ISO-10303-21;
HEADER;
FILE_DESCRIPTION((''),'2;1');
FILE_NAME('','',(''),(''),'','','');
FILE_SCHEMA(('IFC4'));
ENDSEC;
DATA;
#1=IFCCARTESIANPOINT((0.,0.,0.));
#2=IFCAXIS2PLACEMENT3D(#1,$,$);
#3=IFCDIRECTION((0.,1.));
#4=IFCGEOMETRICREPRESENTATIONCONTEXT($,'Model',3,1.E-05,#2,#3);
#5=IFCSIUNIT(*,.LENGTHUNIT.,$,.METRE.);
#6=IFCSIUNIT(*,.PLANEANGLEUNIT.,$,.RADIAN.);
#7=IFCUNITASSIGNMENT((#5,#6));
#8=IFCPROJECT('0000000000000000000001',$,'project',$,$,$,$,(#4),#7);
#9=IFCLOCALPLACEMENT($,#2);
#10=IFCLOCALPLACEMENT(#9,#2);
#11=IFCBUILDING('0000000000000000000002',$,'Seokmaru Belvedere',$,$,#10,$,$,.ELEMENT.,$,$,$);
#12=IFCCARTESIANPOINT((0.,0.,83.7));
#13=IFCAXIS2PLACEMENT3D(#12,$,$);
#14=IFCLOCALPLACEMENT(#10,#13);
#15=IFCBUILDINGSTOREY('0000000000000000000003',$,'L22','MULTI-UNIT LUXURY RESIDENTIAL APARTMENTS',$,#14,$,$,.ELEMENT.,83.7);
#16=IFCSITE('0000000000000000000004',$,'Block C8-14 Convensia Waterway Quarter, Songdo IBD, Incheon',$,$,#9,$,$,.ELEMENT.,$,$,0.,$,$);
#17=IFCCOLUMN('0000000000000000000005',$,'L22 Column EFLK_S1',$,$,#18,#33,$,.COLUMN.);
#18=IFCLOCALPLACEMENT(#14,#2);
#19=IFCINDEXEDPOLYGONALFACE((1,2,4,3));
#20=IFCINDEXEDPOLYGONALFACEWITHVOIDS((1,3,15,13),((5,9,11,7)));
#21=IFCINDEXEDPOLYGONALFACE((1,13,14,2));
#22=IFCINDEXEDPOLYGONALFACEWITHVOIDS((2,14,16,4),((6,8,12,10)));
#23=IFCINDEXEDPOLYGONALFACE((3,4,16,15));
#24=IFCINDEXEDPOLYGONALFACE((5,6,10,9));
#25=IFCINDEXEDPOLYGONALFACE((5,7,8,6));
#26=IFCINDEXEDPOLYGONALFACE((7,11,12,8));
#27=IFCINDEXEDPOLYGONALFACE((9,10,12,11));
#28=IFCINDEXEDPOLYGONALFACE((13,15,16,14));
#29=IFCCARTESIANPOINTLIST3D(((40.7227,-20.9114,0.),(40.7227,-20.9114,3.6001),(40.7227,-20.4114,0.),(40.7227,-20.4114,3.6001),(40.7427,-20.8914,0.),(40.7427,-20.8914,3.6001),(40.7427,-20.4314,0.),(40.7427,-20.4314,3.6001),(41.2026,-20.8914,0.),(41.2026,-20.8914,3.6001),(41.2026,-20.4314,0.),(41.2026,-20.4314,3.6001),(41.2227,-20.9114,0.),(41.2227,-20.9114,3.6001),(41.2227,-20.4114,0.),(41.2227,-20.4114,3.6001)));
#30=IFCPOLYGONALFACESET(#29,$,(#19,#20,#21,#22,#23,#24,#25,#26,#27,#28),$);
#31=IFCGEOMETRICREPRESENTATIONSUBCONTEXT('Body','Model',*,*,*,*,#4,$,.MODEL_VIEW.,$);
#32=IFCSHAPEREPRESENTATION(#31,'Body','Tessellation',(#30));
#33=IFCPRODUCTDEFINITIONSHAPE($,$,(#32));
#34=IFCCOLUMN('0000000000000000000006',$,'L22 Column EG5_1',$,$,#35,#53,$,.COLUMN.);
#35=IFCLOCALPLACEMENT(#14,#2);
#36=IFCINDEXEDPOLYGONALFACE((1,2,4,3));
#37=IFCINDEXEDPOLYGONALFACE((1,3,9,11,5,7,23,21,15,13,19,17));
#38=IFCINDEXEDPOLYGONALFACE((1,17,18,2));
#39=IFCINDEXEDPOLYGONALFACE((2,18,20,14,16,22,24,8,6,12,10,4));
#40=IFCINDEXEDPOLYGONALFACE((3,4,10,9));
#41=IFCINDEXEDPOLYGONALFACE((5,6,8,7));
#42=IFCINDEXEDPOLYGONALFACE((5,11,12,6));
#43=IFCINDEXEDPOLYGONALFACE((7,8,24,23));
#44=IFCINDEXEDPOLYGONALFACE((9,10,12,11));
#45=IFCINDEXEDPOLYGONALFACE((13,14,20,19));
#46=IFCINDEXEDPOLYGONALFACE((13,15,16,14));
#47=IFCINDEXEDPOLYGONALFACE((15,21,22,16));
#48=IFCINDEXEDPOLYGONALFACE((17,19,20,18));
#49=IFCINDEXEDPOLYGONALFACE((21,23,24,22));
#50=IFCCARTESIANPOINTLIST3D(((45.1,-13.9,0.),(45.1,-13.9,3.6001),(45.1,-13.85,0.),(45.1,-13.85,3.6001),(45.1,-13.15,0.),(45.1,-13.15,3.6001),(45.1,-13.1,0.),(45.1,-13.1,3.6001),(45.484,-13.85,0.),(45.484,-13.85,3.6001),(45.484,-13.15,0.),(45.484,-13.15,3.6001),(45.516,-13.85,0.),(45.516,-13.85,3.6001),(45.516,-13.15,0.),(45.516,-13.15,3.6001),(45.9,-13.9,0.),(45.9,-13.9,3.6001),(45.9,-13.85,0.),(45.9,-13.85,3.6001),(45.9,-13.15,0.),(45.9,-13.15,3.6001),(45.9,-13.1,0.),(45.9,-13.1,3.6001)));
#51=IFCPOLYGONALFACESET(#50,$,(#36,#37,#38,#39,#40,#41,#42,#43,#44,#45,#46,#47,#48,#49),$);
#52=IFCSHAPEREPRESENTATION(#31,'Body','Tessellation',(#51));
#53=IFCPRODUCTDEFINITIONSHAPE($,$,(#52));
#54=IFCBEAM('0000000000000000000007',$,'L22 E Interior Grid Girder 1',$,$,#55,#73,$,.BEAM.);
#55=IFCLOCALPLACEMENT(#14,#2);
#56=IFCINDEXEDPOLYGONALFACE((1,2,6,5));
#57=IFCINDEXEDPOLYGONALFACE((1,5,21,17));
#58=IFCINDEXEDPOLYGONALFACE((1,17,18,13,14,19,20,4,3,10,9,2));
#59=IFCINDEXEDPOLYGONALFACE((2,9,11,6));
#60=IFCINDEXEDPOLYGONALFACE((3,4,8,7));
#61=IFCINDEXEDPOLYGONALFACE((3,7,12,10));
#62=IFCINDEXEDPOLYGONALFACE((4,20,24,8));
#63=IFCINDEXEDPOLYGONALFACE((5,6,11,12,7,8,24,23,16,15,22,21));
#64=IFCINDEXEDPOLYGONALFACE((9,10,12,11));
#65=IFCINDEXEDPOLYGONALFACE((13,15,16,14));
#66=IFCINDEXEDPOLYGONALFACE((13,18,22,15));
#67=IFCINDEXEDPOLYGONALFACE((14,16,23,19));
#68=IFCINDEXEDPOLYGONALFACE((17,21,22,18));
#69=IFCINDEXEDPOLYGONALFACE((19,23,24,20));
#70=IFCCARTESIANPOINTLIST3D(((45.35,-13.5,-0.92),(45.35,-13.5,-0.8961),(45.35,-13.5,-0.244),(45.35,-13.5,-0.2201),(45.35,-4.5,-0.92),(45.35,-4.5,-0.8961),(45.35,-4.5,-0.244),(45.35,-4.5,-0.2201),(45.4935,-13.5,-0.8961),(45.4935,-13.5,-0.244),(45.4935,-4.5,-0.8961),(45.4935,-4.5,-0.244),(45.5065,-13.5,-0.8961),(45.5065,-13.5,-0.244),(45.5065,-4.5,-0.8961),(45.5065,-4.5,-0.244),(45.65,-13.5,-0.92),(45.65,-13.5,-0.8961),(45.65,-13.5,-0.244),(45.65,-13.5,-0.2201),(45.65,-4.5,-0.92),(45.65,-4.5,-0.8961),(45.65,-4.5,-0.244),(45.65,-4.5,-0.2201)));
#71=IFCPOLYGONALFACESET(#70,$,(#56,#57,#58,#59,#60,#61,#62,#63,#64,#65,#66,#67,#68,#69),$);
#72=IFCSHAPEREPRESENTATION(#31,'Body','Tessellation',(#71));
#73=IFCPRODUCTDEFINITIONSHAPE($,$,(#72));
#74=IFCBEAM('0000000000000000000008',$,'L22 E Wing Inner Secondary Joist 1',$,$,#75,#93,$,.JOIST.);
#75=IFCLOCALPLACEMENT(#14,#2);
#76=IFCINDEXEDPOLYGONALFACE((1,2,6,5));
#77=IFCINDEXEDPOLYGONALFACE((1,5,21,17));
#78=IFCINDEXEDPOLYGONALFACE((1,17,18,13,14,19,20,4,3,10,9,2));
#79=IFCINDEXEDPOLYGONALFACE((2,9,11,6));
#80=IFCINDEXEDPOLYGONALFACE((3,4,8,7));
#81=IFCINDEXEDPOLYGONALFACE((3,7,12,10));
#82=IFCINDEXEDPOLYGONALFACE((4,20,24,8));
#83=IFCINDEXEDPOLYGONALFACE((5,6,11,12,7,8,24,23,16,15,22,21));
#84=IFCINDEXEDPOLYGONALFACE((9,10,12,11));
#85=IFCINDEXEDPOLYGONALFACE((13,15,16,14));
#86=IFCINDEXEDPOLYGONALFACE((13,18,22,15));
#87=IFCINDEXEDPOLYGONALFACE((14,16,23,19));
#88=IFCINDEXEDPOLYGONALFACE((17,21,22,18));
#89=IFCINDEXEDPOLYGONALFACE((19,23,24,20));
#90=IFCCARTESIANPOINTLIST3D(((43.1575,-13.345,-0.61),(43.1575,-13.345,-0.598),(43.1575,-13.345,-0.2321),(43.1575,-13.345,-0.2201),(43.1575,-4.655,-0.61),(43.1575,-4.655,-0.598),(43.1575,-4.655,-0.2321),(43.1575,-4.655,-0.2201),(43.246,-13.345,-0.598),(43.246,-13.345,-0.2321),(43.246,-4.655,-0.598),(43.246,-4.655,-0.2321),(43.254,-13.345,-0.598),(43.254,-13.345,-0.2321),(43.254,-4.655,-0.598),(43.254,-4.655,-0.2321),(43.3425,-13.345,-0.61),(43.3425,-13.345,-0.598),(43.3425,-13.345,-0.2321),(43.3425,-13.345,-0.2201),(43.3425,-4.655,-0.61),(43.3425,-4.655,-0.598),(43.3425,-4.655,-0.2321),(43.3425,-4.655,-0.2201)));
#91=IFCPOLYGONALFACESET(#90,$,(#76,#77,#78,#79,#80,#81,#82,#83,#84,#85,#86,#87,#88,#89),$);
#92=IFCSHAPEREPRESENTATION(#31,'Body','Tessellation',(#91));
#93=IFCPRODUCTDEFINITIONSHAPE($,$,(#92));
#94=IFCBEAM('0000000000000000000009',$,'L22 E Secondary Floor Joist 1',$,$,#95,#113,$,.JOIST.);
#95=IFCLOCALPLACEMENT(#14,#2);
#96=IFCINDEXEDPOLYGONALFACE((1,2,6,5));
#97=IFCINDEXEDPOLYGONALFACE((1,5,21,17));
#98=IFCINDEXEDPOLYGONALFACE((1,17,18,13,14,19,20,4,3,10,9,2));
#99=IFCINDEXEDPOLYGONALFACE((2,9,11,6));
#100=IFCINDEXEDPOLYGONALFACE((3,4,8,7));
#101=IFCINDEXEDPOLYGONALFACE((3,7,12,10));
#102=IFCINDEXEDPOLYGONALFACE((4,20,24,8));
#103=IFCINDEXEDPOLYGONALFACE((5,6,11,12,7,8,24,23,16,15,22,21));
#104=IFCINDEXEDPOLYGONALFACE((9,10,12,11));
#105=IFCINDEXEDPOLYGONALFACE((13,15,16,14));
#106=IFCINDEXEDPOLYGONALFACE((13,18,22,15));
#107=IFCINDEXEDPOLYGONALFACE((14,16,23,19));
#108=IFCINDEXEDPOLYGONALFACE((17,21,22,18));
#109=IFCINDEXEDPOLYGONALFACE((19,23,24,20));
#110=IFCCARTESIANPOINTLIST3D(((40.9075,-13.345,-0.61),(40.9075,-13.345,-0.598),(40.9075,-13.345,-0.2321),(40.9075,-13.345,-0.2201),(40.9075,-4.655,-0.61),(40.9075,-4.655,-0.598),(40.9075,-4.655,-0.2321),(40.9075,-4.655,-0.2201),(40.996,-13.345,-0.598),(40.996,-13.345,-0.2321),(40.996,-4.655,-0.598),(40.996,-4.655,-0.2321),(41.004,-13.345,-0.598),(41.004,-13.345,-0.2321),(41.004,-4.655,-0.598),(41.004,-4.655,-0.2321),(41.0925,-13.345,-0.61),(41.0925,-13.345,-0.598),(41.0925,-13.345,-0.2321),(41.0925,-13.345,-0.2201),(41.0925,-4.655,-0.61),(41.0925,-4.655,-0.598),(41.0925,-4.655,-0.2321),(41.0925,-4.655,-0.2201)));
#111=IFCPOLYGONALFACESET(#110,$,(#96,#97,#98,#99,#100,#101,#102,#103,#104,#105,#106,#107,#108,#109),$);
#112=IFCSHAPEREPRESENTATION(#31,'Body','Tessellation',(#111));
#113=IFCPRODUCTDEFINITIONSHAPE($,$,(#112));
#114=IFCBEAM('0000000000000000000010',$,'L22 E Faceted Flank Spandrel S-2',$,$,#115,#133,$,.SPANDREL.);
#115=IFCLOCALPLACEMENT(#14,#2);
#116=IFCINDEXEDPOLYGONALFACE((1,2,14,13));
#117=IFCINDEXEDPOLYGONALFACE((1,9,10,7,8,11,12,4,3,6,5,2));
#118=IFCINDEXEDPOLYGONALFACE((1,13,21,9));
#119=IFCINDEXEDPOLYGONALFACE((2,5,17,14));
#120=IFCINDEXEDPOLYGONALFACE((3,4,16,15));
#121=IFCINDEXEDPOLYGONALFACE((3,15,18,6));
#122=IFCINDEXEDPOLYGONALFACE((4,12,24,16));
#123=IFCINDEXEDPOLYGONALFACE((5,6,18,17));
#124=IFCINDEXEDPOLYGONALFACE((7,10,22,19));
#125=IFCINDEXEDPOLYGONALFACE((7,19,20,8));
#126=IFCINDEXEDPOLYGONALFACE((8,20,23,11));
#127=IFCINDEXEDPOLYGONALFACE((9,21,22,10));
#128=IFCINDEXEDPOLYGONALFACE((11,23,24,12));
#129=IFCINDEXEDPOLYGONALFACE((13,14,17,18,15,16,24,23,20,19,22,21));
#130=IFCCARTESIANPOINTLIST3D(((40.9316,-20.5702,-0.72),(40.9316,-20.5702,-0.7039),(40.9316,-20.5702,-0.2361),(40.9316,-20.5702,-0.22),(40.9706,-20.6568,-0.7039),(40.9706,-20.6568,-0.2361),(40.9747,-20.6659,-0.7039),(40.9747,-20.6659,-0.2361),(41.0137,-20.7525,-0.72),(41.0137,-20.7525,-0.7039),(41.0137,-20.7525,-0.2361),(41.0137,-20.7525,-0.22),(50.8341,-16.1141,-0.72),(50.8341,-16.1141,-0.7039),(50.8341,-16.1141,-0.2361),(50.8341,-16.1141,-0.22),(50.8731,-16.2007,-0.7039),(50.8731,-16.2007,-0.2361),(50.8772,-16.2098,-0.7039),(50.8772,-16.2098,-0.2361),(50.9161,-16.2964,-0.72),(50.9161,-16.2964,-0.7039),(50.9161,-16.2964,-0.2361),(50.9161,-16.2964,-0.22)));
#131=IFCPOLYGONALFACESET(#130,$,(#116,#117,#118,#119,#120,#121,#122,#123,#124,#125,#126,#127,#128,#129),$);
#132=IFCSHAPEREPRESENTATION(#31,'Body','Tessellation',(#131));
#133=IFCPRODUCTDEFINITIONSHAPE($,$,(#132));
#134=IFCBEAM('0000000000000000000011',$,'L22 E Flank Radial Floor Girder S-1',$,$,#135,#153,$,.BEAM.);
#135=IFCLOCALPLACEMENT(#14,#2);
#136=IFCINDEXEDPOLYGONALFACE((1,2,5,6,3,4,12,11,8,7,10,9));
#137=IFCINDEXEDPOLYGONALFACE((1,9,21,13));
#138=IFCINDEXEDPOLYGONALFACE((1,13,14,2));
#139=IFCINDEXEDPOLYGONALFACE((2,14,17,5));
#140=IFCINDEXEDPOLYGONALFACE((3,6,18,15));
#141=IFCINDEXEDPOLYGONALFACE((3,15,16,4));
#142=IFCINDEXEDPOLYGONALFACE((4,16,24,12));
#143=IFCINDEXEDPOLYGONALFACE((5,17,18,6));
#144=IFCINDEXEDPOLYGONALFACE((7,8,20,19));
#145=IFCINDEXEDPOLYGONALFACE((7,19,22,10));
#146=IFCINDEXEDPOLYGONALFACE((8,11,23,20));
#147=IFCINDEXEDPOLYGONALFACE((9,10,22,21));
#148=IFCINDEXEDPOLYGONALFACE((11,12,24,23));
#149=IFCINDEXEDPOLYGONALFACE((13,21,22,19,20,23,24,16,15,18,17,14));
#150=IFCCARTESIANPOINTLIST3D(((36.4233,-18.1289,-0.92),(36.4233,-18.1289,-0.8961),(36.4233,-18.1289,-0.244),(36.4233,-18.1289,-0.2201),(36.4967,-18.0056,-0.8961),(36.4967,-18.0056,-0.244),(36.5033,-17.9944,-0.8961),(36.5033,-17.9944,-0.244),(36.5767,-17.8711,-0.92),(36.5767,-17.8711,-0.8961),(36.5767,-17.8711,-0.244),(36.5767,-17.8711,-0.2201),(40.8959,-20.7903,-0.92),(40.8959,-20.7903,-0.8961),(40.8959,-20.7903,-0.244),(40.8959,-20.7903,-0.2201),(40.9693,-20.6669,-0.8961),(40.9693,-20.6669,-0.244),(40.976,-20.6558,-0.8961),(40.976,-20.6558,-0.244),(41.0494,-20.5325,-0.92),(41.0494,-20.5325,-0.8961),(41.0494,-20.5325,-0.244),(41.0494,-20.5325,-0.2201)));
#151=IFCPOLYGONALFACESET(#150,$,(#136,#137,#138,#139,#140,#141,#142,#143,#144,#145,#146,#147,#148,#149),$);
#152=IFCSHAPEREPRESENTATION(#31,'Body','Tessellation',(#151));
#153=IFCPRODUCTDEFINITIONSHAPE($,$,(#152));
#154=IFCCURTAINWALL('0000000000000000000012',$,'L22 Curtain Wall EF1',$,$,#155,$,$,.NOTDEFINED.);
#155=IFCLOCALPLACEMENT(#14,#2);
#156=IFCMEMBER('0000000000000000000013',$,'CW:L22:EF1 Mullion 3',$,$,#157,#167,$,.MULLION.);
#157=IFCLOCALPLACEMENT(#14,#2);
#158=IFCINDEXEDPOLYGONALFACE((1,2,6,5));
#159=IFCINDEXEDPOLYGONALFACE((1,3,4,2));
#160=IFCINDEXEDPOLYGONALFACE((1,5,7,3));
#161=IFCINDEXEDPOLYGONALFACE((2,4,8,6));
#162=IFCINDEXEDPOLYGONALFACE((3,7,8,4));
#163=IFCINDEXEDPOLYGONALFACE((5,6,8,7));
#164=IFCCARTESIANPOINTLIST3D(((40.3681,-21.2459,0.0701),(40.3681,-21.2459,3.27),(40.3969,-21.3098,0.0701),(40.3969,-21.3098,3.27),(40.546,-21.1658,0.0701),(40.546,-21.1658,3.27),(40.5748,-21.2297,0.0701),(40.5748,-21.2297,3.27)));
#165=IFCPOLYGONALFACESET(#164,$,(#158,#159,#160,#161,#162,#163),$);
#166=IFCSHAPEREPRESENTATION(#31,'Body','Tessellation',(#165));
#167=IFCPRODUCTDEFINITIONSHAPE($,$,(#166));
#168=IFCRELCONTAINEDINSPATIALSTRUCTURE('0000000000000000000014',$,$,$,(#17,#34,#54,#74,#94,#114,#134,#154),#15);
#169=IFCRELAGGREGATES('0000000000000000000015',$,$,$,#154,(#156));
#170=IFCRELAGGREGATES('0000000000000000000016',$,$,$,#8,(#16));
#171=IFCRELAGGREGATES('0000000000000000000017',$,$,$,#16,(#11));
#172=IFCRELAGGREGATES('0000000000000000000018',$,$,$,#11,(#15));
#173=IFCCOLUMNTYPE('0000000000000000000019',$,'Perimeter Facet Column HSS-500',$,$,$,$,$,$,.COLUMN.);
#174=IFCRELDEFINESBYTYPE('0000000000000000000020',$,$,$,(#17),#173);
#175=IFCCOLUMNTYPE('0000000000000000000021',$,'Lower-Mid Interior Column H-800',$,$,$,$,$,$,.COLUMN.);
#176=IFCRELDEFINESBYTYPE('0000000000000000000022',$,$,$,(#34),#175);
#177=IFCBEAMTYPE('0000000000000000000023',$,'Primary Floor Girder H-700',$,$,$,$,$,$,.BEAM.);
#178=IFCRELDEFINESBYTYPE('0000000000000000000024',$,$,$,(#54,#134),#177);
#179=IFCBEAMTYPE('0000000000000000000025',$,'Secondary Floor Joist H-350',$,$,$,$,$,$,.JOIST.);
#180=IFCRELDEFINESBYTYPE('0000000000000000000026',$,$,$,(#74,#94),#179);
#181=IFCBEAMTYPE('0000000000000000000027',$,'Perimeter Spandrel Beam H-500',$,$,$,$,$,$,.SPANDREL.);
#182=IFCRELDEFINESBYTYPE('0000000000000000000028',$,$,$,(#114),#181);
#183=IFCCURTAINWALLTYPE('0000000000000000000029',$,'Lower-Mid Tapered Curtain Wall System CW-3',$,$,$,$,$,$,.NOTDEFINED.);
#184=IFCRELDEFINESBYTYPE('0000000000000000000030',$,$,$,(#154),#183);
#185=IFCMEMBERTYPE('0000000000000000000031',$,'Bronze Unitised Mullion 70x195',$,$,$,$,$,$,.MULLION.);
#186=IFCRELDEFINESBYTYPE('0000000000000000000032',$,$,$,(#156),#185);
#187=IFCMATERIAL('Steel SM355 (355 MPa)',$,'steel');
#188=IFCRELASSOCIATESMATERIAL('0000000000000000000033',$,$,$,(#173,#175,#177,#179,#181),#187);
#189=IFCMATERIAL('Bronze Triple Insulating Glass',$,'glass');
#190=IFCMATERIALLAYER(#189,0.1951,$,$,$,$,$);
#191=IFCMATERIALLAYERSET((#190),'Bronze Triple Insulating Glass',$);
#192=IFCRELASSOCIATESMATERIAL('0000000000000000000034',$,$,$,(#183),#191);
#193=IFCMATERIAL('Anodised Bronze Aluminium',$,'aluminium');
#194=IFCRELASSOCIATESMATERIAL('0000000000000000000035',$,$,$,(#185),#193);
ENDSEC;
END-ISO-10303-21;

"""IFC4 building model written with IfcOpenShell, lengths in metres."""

from ifc_helpers import new_model, si_unit, direction, frame, origin, origin_2d, place, context, subcontext, project, spatial, rectangle, hollow_rectangle, i_section, extrude, source, transform, mapped, material, layer, layer_set, material_profile, profile_set, type_object, type_shapes, element, aggregate, save


model = new_model("IFC4")

# Units and contexts
model_context = context("Model", 3, precision=1e-05, world=origin(), true_north=direction((0.0, 1.0)))
body_context = subcontext(model_context, "Body", "Model", "MODEL_VIEW")
ifc_project = project(units=[si_unit("LENGTHUNIT", "METRE"), si_unit("PLANEANGLEUNIT", "RADIAN")], contexts=[model_context])

# Site, building, storey
site_placement = place(None, origin())
site = spatial("IfcSite", under=ifc_project, at=site_placement, Name="Block C8-14 Convensia Waterway Quarter, Songdo IBD, Incheon", CompositionType="ELEMENT", RefElevation=0.0)
building_placement = place(site_placement, origin())
building = spatial("IfcBuilding", under=site, at=building_placement, Name="Seokmaru Belvedere", CompositionType="ELEMENT")
storey_placement = place(building_placement, frame((0.0, 0.0, 83.7)))
storey = spatial("IfcBuildingStorey", under=building, at=storey_placement, Name="L22", Description="MULTI-UNIT LUXURY RESIDENTIAL APARTMENTS", CompositionType="ELEMENT", Elevation=83.7)

# Columns
ifc_material_1 = material(Name="Steel SM355 (355 MPa)", Category="steel")
ifc_material_profile_1 = material_profile(ifc_material_1, hollow_rectangle(XDim=0.5, YDim=0.5, WallThickness=0.02, at=origin_2d()), Name="HSS-500x500x20")
ifc_profile_set_1 = profile_set([ifc_material_profile_1], Name="Steel SM355 (355 MPa)")
column_type_1 = type_object("IfcColumnType", Name="Perimeter Facet Column HSS-500", PredefinedType="COLUMN", material=ifc_profile_set_1)
shared_shape_1 = source(origin(), body_context, "Body", "SweptSolid", [
    extrude(hollow_rectangle(XDim=0.5, YDim=0.5, WallThickness=0.02, at=origin_2d()), origin(), (0.0, 0.0, 1.0), 3.6001),
])
type_shapes(column_type_1, [shared_shape_1])
column_1_placement = place(storey_placement, frame((40.9727, -20.6614, 0.0), z_axis=(0.0, 0.0, 1.0), x_axis=(1.0, 0.0, 0.0)))
element("IfcColumn", 1, at=column_1_placement, inside=storey, type_object=column_type_1, Name="L22 Column EFLK_S1", PredefinedType="COLUMN", context=body_context, shape_type="MappedRepresentation", body=[
    mapped(shared_shape_1, transform((0.0, 0.0, 0.0), scale=1.0)),
])
ifc_material_profile_2 = material_profile(ifc_material_1, i_section(OverallWidth=0.8, OverallDepth=0.8, WebThickness=0.032, FlangeThickness=0.05, at=origin_2d()), Name="H-800x800x32x50")
ifc_profile_set_2 = profile_set([ifc_material_profile_2], Name="Steel SM355 (355 MPa)")
column_type_2 = type_object("IfcColumnType", Name="Lower-Mid Interior Column H-800", PredefinedType="COLUMN", material=ifc_profile_set_2)
shared_shape_2 = source(origin(), body_context, "Body", "SweptSolid", [
    extrude(i_section(OverallWidth=0.8, OverallDepth=0.8, WebThickness=0.032, FlangeThickness=0.05, at=origin_2d()), origin(), (0.0, 0.0, 1.0), 3.6001),
])
type_shapes(column_type_2, [shared_shape_2])
column_2_placement = place(storey_placement, frame((45.5, -13.5, 0.0), z_axis=(0.0, 0.0, 1.0), x_axis=(1.0, 0.0, 0.0)))
element("IfcColumn", 2, at=column_2_placement, inside=storey, type_object=column_type_2, Name="L22 Column EG5_1", PredefinedType="COLUMN", context=body_context, shape_type="MappedRepresentation", body=[
    mapped(shared_shape_2, transform((0.0, 0.0, 0.0), scale=1.0)),
])

# Beams
ifc_material_profile_3 = material_profile(ifc_material_1, i_section(OverallWidth=0.3, OverallDepth=0.7, WebThickness=0.0129, FlangeThickness=0.0239, at=origin_2d()), Name="H-700x300x13x24")
ifc_profile_set_3 = profile_set([ifc_material_profile_3], Name="Steel SM355 (355 MPa)")
beam_type_1 = type_object("IfcBeamType", Name="Primary Floor Girder H-700", PredefinedType="BEAM", material=ifc_profile_set_3)
shared_shape_3 = source(origin(), body_context, "Body", "SweptSolid", [
    extrude(i_section(OverallWidth=0.3, OverallDepth=0.7, WebThickness=0.0129, FlangeThickness=0.0239, at=origin_2d()), origin(), (0.0, 0.0, 1.0), 9.0),
])
beam_1_placement = place(storey_placement, frame((45.5, -13.5, -0.5701), z_axis=(0.0, 1.0, 0.0), x_axis=(-1.0, 0.0, 0.0)))
element("IfcBeam", 3, at=beam_1_placement, inside=storey, type_object=beam_type_1, Name="L22 E Interior Grid Girder 1", PredefinedType="BEAM", context=body_context, shape_type="MappedRepresentation", body=[
    mapped(shared_shape_3, transform((0.0, 0.0, 0.0), scale=1.0)),
])
ifc_material_profile_4 = material_profile(ifc_material_1, i_section(OverallWidth=0.1851, OverallDepth=0.3899, WebThickness=0.0081, FlangeThickness=0.012, at=origin_2d()), Name="H-390x185x8x12")
ifc_profile_set_4 = profile_set([ifc_material_profile_4], Name="Steel SM355 (355 MPa)")
beam_type_2 = type_object("IfcBeamType", Name="Secondary Floor Joist H-350", PredefinedType="JOIST", material=ifc_profile_set_4)
shared_shape_4 = source(origin(), body_context, "Body", "SweptSolid", [
    extrude(i_section(OverallWidth=0.1851, OverallDepth=0.3899, WebThickness=0.0081, FlangeThickness=0.012, at=origin_2d()), origin(), (0.0, 0.0, 1.0), 8.6899),
])
type_shapes(beam_type_2, [shared_shape_4])
for number, where, z_axis, x_axis, name in (
    (4, (43.25, -13.345, -0.415), (0.0, 1.0, 0.0), (-1.0, 0.0, 0.0), "L22 E Wing Inner Secondary Joist 1"),
    (5, (41.0, -13.345, -0.415), (0.0, 1.0, 0.0), (-1.0, 0.0, 0.0), "L22 E Secondary Floor Joist 1"),
):
    element("IfcBeam", number, at=place(storey_placement, frame(where, z_axis=z_axis, x_axis=x_axis)), inside=storey, type_object=beam_type_2, Name=name, PredefinedType="JOIST", context=body_context, shape_type="MappedRepresentation", body=[
        mapped(shared_shape_4, transform((0.0, 0.0, 0.0), scale=1.0)),
    ])
ifc_material_profile_5 = material_profile(ifc_material_1, i_section(OverallWidth=0.2, OverallDepth=0.5, WebThickness=0.01, FlangeThickness=0.0161, at=origin_2d()), Name="H-500x200x10x16")
ifc_profile_set_5 = profile_set([ifc_material_profile_5], Name="Steel SM355 (355 MPa)")
beam_type_3 = type_object("IfcBeamType", Name="Perimeter Spandrel Beam H-500", PredefinedType="SPANDREL", material=ifc_profile_set_5)
shared_shape_5 = source(origin(), body_context, "Body", "SweptSolid", [
    extrude(i_section(OverallWidth=0.2, OverallDepth=0.5, WebThickness=0.01, FlangeThickness=0.0161, at=origin_2d()), origin(), (0.0, 0.0, 1.0), 10.8589),
])
type_shapes(beam_type_3, [shared_shape_5])
beam_2_placement = place(storey_placement, frame((40.9727, -20.6614, -0.47), z_axis=(0.911922, 0.410365, 0.0), x_axis=(-0.410365, 0.911922, 0.0)))
element("IfcBeam", 6, at=beam_2_placement, inside=storey, type_object=beam_type_3, Name="L22 E Faceted Flank Spandrel S-2", PredefinedType="SPANDREL", context=body_context, shape_type="MappedRepresentation", body=[
    mapped(shared_shape_5, transform((0.0, 0.0, 0.0), scale=1.0)),
])
shared_shape_6 = source(origin(), body_context, "Body", "SweptSolid", [
    extrude(i_section(OverallWidth=0.3, OverallDepth=0.7, WebThickness=0.0129, FlangeThickness=0.0239, at=origin_2d()), origin(), (0.0, 0.0, 1.0), 5.2046),
])
type_shapes(beam_type_1, [shared_shape_3, shared_shape_6])
beam_3_placement = place(storey_placement, frame((40.9727, -20.6614, -0.5701), z_axis=(-0.85937, 0.511354, 0.0), x_axis=(-0.511354, -0.85937, 0.0)))
element("IfcBeam", 7, at=beam_3_placement, inside=storey, type_object=beam_type_1, Name="L22 E Flank Radial Floor Girder S-1", PredefinedType="BEAM", context=body_context, shape_type="MappedRepresentation", body=[
    mapped(shared_shape_6, transform((0.0, 0.0, 0.0), scale=1.0)),
])

# Curtain wall, member
ifc_material_2 = material(Name="Bronze Triple Insulating Glass", Category="glass")
ifc_layer_1 = layer(ifc_material_2, 0.1951)
ifc_layer_set_1 = layer_set([ifc_layer_1], Name="Bronze Triple Insulating Glass")
curtain_wall_type = type_object("IfcCurtainWallType", Name="Lower-Mid Tapered Curtain Wall System CW-3", PredefinedType="NOTDEFINED", material=ifc_layer_set_1)
curtain_wall_placement = place(storey_placement, origin())
curtain_wall = element("IfcCurtainWall", 8, at=curtain_wall_placement, inside=storey, type_object=curtain_wall_type, Name="L22 Curtain Wall EF1", PredefinedType="NOTDEFINED")
ifc_material_3 = material(Name="Anodised Bronze Aluminium", Category="aluminium")
ifc_material_profile_6 = material_profile(ifc_material_3, rectangle(XDim=0.0701, YDim=0.1951, at=origin_2d()), Name="CW-M-70x195")
ifc_profile_set_6 = profile_set([ifc_material_profile_6], Name="Anodised Bronze Aluminium")
member_type = type_object("IfcMemberType", Name="Bronze Unitised Mullion 70x195", PredefinedType="MULLION", material=ifc_profile_set_6)
shared_shape_7 = source(origin(), body_context, "Body", "SweptSolid", [
    extrude(rectangle(XDim=0.0701, YDim=0.1951, at=origin_2d()), origin(), (0.0, 0.0, 1.0), 3.2),
])
type_shapes(member_type, [shared_shape_7])
member_1_placement = place(storey_placement, frame((40.4714, -21.2378, 0.0701), z_axis=(0.0, 0.0, 1.0), x_axis=(-0.410366, 0.911921, 0.0)))
member_1 = element("IfcMember", 9, at=member_1_placement, type_object=member_type, Name="CW:L22:EF1 Mullion 3", PredefinedType="MULLION", context=body_context, shape_type="MappedRepresentation", body=[
    mapped(shared_shape_7, transform((0.0, 0.0, 0.0), scale=1.0)),
])
aggregate(curtain_wall, [member_1])

save(model, "model.ifc")
